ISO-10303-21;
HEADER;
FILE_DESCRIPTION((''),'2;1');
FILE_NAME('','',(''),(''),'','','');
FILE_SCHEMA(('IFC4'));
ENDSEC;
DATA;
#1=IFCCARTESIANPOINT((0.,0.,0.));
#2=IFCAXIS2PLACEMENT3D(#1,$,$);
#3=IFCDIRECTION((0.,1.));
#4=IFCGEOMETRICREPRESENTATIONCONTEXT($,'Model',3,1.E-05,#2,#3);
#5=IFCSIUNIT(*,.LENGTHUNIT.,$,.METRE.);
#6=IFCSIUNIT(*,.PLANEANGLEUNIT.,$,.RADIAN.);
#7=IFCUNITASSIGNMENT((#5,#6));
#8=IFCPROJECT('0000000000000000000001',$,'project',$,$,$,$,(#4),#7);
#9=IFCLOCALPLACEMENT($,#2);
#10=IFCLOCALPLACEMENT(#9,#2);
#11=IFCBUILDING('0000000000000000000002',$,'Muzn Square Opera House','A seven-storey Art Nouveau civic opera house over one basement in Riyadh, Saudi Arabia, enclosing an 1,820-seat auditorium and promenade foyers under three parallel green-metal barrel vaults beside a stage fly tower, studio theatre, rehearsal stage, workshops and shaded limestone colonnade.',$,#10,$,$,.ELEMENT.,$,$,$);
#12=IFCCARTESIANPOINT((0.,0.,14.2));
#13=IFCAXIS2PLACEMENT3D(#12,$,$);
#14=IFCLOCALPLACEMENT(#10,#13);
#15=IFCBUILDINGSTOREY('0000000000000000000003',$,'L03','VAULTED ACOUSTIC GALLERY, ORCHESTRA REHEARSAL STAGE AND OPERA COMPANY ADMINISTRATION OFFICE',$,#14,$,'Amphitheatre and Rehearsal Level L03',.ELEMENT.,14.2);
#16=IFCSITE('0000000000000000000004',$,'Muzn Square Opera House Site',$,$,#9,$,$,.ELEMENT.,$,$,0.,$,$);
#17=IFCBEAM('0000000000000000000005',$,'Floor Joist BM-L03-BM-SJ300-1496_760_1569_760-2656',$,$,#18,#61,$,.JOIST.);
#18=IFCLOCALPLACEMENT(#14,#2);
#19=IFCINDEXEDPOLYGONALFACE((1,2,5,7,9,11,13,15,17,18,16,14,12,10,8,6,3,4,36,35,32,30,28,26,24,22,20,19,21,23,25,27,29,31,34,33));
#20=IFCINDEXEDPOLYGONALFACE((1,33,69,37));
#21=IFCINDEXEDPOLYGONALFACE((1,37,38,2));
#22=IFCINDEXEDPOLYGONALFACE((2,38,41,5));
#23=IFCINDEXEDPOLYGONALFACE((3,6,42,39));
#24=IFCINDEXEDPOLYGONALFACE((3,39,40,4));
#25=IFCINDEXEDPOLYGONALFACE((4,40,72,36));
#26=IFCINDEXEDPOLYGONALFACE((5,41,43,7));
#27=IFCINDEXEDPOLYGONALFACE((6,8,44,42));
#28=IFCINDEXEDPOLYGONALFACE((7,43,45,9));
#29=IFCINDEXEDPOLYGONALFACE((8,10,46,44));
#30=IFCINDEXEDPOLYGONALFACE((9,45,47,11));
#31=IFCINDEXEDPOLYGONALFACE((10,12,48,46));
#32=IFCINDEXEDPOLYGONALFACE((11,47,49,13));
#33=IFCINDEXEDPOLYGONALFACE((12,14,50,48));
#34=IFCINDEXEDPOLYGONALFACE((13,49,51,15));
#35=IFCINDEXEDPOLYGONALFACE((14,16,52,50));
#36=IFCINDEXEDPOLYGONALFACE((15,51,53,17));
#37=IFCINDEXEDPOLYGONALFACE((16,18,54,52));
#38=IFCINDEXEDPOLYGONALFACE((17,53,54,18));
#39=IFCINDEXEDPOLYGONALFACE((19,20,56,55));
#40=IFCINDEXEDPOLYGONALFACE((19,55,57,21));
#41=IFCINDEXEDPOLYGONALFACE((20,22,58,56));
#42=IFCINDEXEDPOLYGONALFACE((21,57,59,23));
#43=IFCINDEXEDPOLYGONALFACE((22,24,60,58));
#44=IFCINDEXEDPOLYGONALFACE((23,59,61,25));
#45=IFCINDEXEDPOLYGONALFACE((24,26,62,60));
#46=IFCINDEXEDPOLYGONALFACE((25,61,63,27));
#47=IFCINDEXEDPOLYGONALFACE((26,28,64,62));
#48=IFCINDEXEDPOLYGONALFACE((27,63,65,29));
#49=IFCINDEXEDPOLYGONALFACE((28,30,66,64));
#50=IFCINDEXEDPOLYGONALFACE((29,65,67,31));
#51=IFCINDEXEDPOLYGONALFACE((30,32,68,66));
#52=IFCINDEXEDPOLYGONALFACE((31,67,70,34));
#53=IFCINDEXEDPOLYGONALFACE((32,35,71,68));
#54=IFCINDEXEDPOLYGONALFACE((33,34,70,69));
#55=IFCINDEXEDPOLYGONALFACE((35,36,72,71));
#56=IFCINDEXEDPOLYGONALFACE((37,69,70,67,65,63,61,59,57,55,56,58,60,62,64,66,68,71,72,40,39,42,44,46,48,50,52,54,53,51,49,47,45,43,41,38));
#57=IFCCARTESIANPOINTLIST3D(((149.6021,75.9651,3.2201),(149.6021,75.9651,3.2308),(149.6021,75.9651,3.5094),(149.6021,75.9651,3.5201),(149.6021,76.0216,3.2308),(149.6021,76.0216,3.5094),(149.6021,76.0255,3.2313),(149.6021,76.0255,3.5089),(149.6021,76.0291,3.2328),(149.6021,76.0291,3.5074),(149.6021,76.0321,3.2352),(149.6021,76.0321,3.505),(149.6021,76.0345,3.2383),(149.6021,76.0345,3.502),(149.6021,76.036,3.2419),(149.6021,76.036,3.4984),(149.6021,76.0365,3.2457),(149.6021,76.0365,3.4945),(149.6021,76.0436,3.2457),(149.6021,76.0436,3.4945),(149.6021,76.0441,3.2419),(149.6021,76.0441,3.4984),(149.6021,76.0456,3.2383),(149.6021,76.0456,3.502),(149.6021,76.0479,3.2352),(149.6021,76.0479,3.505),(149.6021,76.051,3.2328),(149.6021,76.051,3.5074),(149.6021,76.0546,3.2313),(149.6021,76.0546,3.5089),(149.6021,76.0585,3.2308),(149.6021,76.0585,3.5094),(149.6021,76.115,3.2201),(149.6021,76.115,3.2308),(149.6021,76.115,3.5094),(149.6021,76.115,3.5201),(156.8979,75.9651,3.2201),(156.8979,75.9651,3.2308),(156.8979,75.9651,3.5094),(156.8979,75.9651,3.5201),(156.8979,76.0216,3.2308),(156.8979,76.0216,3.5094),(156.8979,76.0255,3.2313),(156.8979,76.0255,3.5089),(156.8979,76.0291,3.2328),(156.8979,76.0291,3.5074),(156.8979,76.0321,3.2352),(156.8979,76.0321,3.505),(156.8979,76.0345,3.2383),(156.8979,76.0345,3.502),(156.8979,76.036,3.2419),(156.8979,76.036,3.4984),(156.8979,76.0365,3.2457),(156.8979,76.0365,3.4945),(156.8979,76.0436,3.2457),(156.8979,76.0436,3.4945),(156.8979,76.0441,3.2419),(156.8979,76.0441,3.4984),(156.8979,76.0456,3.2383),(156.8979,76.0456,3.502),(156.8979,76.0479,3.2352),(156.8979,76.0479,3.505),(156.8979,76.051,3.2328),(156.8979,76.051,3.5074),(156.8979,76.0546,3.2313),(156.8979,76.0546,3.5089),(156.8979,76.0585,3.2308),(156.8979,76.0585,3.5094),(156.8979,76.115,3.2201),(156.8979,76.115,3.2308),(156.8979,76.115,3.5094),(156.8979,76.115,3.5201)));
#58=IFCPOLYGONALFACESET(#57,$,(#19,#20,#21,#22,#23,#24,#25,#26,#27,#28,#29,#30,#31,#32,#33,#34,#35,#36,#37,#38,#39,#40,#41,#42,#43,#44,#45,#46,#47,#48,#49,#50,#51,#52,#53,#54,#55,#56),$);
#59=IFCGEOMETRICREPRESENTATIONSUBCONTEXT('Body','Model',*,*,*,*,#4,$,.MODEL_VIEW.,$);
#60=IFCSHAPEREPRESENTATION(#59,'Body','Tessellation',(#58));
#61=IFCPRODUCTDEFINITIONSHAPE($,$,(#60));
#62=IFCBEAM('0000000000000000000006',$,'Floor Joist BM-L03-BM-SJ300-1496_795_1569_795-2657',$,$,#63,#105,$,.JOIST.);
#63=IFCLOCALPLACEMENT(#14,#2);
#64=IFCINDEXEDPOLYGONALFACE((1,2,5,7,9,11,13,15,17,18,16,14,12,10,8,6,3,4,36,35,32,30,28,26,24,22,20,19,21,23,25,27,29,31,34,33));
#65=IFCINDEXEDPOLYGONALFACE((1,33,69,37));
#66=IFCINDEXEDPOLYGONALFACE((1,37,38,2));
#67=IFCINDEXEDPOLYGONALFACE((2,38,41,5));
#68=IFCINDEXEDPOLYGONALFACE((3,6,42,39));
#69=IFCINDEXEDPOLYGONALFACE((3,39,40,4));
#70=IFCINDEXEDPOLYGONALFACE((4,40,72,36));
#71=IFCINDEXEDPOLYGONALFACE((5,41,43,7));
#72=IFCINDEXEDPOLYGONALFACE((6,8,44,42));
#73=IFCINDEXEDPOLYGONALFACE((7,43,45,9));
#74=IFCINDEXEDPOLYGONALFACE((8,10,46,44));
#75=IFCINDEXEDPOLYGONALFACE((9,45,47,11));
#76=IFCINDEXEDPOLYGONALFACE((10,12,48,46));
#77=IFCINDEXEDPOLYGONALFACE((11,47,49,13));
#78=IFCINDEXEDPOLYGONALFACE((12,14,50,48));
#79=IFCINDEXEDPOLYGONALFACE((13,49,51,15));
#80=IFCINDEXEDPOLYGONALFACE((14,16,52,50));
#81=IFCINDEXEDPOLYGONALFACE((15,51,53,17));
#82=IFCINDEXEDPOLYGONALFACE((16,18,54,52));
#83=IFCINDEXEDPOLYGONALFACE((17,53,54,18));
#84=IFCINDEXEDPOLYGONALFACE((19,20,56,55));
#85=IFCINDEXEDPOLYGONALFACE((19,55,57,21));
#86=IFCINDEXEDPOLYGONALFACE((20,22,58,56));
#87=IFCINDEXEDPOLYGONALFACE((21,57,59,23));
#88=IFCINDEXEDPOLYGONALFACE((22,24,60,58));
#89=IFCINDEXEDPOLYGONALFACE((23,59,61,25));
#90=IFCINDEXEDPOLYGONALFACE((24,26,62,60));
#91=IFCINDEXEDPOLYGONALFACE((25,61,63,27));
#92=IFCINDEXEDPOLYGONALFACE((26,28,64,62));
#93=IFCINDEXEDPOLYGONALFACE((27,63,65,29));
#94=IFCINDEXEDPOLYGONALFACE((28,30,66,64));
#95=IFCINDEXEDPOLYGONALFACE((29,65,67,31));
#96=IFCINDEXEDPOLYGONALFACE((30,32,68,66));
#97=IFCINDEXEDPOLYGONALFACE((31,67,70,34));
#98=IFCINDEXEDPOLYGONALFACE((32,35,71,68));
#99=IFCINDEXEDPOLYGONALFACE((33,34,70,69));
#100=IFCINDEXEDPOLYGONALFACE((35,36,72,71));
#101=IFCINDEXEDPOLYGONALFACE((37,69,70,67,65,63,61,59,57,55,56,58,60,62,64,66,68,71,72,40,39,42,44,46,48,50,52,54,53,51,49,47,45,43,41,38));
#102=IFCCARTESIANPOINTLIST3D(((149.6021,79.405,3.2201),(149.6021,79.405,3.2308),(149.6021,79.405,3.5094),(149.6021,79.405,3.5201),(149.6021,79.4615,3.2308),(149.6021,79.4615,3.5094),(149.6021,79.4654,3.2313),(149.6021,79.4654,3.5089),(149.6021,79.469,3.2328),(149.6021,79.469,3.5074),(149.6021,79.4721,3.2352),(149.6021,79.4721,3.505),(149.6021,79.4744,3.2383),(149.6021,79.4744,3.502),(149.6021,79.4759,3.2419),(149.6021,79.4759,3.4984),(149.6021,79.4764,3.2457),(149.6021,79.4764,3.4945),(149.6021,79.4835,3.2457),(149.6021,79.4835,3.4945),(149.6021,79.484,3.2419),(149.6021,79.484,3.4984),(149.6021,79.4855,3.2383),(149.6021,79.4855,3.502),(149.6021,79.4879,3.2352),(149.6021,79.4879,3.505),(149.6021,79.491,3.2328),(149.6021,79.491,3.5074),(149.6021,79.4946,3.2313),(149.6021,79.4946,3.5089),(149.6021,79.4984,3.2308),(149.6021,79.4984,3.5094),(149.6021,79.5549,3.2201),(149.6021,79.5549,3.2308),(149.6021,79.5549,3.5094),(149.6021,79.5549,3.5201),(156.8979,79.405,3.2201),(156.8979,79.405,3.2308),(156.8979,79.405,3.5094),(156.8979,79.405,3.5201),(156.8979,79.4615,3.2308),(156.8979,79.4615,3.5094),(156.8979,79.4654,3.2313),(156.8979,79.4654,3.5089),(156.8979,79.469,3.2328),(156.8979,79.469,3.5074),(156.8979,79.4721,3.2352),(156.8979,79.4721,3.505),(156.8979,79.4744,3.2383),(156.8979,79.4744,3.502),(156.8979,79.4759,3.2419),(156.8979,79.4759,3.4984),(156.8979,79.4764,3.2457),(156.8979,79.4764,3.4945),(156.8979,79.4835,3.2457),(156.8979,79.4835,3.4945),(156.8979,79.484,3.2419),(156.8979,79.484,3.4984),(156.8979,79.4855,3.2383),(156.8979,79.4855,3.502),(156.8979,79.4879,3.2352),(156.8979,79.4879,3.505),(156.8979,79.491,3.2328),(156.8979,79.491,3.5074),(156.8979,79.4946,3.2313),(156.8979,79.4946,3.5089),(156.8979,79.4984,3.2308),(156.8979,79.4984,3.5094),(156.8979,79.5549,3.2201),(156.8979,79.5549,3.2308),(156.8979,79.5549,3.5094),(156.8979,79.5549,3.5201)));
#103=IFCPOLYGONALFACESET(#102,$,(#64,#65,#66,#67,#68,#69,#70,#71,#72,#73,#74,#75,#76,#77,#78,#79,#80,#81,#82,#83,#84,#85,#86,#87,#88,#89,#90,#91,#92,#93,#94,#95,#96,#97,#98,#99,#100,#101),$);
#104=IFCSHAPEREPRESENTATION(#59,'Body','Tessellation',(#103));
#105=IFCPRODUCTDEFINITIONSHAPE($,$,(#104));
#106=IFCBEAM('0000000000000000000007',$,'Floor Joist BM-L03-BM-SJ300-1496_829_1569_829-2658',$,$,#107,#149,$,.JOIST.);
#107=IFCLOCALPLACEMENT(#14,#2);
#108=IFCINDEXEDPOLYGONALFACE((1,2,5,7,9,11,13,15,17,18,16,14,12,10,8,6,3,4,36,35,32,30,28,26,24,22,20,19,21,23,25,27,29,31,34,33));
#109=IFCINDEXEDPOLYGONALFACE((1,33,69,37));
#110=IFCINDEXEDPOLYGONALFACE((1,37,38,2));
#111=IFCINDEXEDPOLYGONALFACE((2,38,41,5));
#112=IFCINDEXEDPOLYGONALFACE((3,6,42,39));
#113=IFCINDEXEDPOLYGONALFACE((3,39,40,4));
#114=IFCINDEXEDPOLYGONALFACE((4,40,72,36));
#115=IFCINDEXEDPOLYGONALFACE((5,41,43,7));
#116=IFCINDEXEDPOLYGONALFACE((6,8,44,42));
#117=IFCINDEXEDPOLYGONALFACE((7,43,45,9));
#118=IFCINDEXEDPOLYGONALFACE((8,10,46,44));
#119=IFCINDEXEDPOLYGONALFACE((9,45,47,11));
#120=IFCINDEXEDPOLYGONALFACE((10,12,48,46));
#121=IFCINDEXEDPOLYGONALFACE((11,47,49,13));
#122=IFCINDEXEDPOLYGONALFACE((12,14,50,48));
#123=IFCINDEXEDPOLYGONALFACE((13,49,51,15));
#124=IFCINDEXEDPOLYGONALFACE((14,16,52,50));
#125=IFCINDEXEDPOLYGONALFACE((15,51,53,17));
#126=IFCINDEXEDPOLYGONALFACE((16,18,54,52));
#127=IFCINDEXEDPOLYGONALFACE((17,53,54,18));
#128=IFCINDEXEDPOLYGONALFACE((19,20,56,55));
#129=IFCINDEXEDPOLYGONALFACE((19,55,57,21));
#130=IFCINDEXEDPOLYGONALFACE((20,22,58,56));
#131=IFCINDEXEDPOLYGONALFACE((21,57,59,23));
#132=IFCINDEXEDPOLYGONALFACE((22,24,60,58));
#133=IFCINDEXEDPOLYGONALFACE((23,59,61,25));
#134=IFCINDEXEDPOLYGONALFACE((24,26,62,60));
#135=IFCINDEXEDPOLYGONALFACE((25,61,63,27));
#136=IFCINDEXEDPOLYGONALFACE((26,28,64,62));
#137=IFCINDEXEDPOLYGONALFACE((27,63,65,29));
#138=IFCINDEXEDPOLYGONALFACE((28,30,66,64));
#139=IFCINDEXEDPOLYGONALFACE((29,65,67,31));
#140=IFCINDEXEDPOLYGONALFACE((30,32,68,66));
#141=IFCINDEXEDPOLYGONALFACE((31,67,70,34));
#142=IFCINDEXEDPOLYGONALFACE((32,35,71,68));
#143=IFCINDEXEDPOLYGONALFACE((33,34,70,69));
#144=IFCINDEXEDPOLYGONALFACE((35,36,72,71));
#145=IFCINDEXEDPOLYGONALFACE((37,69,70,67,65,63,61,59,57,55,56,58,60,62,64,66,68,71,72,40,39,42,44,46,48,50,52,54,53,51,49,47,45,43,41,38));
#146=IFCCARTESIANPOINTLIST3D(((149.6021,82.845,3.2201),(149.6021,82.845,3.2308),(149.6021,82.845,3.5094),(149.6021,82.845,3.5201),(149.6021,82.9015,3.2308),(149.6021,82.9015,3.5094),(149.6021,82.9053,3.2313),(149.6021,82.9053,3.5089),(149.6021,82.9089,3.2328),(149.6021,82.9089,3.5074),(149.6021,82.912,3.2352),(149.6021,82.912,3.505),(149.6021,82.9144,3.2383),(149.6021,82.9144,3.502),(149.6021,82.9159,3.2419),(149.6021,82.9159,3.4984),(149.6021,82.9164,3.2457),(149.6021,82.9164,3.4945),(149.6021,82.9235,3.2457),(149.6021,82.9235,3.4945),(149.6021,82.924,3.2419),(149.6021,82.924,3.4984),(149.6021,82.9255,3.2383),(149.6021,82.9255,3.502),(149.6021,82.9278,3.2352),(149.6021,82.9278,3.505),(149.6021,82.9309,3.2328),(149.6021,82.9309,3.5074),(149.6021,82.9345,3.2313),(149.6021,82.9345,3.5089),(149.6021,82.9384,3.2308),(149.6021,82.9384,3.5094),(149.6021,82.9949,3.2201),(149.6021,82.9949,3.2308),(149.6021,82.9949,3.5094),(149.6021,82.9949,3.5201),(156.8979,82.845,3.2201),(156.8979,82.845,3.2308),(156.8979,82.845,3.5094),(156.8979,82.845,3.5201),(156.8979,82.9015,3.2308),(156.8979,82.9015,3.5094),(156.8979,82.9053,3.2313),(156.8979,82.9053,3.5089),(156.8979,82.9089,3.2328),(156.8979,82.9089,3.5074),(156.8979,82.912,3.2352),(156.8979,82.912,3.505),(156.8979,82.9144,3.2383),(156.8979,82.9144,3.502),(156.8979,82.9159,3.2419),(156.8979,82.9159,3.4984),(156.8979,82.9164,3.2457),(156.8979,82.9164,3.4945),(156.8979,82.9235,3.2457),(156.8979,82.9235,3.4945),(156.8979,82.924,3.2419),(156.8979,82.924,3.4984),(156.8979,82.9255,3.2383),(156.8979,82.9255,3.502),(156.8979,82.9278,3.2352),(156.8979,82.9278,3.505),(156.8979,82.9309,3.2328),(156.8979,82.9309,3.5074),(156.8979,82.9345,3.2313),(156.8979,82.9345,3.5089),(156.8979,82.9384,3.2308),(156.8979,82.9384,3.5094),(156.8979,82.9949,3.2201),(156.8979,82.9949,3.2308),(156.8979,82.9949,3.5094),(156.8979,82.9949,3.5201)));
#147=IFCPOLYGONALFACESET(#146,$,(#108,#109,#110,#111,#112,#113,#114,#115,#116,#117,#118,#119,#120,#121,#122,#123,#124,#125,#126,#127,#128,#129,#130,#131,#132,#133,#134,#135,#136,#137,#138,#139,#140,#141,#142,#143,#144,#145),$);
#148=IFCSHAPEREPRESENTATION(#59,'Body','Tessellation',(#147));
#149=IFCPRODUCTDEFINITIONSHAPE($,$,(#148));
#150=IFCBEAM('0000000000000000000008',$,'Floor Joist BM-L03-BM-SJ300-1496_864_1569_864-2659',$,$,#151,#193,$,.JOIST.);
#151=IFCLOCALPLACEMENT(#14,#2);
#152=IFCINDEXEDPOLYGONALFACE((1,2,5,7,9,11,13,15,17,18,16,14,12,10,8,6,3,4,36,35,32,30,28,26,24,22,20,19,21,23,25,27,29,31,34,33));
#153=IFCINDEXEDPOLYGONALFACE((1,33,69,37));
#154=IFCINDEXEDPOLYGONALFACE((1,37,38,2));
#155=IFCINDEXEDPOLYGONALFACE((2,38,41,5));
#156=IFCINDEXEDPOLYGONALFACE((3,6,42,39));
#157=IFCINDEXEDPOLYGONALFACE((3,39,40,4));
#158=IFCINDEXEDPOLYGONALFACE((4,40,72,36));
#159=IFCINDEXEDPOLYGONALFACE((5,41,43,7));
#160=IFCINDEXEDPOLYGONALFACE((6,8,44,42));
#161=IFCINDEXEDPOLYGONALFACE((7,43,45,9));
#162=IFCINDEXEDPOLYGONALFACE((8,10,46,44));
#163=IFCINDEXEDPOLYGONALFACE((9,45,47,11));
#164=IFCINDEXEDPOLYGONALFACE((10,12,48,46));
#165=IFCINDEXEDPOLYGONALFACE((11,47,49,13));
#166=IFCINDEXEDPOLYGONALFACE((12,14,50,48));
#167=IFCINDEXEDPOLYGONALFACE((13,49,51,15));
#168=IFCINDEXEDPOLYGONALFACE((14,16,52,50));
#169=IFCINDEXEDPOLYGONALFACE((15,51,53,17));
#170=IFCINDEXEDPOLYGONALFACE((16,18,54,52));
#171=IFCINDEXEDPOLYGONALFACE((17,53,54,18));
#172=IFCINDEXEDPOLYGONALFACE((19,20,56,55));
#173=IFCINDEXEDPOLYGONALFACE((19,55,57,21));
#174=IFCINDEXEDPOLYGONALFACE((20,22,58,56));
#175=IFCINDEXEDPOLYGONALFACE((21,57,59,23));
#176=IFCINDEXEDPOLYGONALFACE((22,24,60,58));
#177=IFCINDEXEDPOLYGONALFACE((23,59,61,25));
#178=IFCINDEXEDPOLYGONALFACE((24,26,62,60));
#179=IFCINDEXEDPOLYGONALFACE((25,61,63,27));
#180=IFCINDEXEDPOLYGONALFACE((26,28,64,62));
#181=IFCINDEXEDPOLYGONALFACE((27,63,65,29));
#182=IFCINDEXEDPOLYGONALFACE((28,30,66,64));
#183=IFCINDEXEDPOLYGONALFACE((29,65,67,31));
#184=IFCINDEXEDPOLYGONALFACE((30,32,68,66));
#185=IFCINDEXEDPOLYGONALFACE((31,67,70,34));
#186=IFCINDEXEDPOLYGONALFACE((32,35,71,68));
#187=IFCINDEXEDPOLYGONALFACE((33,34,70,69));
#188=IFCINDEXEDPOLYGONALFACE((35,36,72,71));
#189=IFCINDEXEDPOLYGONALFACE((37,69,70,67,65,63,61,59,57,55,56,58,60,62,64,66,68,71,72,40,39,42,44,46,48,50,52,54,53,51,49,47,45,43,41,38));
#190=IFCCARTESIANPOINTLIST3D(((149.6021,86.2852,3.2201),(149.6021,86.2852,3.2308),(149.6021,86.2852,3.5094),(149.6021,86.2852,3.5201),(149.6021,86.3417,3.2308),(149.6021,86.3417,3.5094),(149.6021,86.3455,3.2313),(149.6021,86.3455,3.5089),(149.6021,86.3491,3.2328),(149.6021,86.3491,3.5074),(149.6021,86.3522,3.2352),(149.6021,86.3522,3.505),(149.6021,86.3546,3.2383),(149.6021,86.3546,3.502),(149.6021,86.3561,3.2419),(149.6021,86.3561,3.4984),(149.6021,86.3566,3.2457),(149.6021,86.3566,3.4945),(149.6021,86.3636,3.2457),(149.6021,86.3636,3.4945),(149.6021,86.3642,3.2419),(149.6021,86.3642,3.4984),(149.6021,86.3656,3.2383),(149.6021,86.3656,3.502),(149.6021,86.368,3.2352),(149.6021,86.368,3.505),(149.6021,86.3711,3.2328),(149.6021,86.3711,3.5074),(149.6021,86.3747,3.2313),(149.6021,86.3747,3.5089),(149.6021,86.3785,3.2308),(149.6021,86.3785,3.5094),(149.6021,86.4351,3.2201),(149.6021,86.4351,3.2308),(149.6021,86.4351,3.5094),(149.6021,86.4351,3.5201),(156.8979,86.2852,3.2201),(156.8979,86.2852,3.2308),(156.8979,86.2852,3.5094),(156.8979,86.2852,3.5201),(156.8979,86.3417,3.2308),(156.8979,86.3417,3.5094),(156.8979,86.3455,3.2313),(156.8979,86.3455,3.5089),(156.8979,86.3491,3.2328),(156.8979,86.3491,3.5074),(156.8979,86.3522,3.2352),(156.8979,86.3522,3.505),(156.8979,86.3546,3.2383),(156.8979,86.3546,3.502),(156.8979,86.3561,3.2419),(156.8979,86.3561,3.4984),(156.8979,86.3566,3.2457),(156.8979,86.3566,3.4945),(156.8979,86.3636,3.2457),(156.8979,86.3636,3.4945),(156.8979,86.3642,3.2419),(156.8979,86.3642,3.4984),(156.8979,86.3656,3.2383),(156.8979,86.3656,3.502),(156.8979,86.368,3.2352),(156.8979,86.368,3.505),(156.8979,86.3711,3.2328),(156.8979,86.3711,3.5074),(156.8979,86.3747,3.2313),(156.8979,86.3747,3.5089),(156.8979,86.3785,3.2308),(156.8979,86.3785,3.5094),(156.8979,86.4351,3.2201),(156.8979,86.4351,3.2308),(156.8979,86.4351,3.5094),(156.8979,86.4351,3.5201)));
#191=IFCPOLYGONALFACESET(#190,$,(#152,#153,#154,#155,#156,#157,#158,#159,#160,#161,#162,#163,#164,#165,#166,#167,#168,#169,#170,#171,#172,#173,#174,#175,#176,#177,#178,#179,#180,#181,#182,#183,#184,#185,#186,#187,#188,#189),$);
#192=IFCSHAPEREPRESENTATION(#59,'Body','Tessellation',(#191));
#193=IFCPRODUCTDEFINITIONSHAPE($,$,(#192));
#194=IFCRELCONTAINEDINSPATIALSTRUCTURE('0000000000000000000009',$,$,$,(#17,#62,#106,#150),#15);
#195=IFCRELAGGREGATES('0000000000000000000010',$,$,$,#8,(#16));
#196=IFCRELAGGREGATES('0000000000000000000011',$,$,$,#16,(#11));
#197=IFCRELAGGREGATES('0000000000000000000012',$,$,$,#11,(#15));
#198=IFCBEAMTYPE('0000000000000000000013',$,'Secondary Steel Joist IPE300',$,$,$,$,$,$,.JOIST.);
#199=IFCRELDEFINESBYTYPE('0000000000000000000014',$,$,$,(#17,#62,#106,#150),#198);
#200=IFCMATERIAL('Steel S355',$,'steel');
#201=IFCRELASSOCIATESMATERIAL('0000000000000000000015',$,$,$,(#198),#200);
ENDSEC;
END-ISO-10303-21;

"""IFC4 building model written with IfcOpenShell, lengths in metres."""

from ifc_helpers import new_model, si_unit, direction, frame, origin, origin_2d, place, context, subcontext, project, spatial, i_section, extrude, material, material_profile, profile_set, type_object, element, save


model = new_model("IFC4")

# Units and contexts
model_context = context("Model", 3, precision=1e-05, world=origin(), true_north=direction((0.0, 1.0)))
body_context = subcontext(model_context, "Body", "Model", "MODEL_VIEW")
ifc_project = project(units=[si_unit("LENGTHUNIT", "METRE"), si_unit("PLANEANGLEUNIT", "RADIAN")], contexts=[model_context])

# Site, building, storey
site_placement = place(None, origin())
site = spatial("IfcSite", under=ifc_project, at=site_placement, Name="Muzn Square Opera House Site", CompositionType="ELEMENT", RefElevation=0.0)
building_placement = place(site_placement, origin())
building = spatial("IfcBuilding", under=site, at=building_placement, Name="Muzn Square Opera House", Description="A seven-storey Art Nouveau civic opera house over one basement in Riyadh, Saudi Arabia, enclosing an 1,820-seat auditorium and promenade foyers under three parallel green-metal barrel vaults beside a stage fly tower, studio theatre, rehearsal stage, workshops and shaded limestone colonnade.", CompositionType="ELEMENT")
storey_placement = place(building_placement, frame((0.0, 0.0, 14.2)))
storey = spatial("IfcBuildingStorey", under=building, at=storey_placement, Name="L03", Description="VAULTED ACOUSTIC GALLERY, ORCHESTRA REHEARSAL STAGE AND OPERA COMPANY ADMINISTRATION OFFICE", LongName="Amphitheatre and Rehearsal Level L03", CompositionType="ELEMENT", Elevation=14.2)

# Beams
ifc_material_1 = material(Name="Steel S355", Category="steel")
ifc_material_profile_1 = material_profile(ifc_material_1, i_section(OverallWidth=0.1499, OverallDepth=0.3, WebThickness=0.0071, FlangeThickness=0.0107, FilletRadius=0.0149, at=origin_2d()), Name="IPE 300", Category="steel")
ifc_profile_set_1 = profile_set([ifc_material_profile_1], Name="Steel S355")
beam_type_1 = type_object("IfcBeamType", Name="Secondary Steel Joist IPE300", PredefinedType="JOIST", material=ifc_profile_set_1)
for number, where, z_axis, x_axis, name in (
    (1, (149.6021, 76.04, 3.3701), (1.0, 0.0, 0.0), (0.0, 1.0, 0.0), "Floor Joist BM-L03-BM-SJ300-1496_760_1569_760-2656"),
    (2, (149.6021, 79.48, 3.3701), (1.0, 0.0, 0.0), (0.0, 1.0, 0.0), "Floor Joist BM-L03-BM-SJ300-1496_795_1569_795-2657"),
    (3, (149.6021, 82.9199, 3.3701), (1.0, 0.0, 0.0), (0.0, 1.0, 0.0), "Floor Joist BM-L03-BM-SJ300-1496_829_1569_829-2658"),
    (4, (149.6021, 86.3601, 3.3701), (1.0, 0.0, 0.0), (0.0, 1.0, 0.0), "Floor Joist BM-L03-BM-SJ300-1496_864_1569_864-2659"),
):
    element("IfcBeam", number, at=place(storey_placement, frame(where, z_axis=z_axis, x_axis=x_axis)), inside=storey, type_object=beam_type_1, Name=name, PredefinedType="JOIST", context=body_context, shape_type="SweptSolid", body=[
        extrude(i_section(OverallWidth=0.1499, OverallDepth=0.3, WebThickness=0.0071, FlangeThickness=0.0107, FilletRadius=0.0149, at=origin_2d()), origin(), (0.0, 0.0, 1.0), 7.2959),
    ])

save(model, "model.ifc")
